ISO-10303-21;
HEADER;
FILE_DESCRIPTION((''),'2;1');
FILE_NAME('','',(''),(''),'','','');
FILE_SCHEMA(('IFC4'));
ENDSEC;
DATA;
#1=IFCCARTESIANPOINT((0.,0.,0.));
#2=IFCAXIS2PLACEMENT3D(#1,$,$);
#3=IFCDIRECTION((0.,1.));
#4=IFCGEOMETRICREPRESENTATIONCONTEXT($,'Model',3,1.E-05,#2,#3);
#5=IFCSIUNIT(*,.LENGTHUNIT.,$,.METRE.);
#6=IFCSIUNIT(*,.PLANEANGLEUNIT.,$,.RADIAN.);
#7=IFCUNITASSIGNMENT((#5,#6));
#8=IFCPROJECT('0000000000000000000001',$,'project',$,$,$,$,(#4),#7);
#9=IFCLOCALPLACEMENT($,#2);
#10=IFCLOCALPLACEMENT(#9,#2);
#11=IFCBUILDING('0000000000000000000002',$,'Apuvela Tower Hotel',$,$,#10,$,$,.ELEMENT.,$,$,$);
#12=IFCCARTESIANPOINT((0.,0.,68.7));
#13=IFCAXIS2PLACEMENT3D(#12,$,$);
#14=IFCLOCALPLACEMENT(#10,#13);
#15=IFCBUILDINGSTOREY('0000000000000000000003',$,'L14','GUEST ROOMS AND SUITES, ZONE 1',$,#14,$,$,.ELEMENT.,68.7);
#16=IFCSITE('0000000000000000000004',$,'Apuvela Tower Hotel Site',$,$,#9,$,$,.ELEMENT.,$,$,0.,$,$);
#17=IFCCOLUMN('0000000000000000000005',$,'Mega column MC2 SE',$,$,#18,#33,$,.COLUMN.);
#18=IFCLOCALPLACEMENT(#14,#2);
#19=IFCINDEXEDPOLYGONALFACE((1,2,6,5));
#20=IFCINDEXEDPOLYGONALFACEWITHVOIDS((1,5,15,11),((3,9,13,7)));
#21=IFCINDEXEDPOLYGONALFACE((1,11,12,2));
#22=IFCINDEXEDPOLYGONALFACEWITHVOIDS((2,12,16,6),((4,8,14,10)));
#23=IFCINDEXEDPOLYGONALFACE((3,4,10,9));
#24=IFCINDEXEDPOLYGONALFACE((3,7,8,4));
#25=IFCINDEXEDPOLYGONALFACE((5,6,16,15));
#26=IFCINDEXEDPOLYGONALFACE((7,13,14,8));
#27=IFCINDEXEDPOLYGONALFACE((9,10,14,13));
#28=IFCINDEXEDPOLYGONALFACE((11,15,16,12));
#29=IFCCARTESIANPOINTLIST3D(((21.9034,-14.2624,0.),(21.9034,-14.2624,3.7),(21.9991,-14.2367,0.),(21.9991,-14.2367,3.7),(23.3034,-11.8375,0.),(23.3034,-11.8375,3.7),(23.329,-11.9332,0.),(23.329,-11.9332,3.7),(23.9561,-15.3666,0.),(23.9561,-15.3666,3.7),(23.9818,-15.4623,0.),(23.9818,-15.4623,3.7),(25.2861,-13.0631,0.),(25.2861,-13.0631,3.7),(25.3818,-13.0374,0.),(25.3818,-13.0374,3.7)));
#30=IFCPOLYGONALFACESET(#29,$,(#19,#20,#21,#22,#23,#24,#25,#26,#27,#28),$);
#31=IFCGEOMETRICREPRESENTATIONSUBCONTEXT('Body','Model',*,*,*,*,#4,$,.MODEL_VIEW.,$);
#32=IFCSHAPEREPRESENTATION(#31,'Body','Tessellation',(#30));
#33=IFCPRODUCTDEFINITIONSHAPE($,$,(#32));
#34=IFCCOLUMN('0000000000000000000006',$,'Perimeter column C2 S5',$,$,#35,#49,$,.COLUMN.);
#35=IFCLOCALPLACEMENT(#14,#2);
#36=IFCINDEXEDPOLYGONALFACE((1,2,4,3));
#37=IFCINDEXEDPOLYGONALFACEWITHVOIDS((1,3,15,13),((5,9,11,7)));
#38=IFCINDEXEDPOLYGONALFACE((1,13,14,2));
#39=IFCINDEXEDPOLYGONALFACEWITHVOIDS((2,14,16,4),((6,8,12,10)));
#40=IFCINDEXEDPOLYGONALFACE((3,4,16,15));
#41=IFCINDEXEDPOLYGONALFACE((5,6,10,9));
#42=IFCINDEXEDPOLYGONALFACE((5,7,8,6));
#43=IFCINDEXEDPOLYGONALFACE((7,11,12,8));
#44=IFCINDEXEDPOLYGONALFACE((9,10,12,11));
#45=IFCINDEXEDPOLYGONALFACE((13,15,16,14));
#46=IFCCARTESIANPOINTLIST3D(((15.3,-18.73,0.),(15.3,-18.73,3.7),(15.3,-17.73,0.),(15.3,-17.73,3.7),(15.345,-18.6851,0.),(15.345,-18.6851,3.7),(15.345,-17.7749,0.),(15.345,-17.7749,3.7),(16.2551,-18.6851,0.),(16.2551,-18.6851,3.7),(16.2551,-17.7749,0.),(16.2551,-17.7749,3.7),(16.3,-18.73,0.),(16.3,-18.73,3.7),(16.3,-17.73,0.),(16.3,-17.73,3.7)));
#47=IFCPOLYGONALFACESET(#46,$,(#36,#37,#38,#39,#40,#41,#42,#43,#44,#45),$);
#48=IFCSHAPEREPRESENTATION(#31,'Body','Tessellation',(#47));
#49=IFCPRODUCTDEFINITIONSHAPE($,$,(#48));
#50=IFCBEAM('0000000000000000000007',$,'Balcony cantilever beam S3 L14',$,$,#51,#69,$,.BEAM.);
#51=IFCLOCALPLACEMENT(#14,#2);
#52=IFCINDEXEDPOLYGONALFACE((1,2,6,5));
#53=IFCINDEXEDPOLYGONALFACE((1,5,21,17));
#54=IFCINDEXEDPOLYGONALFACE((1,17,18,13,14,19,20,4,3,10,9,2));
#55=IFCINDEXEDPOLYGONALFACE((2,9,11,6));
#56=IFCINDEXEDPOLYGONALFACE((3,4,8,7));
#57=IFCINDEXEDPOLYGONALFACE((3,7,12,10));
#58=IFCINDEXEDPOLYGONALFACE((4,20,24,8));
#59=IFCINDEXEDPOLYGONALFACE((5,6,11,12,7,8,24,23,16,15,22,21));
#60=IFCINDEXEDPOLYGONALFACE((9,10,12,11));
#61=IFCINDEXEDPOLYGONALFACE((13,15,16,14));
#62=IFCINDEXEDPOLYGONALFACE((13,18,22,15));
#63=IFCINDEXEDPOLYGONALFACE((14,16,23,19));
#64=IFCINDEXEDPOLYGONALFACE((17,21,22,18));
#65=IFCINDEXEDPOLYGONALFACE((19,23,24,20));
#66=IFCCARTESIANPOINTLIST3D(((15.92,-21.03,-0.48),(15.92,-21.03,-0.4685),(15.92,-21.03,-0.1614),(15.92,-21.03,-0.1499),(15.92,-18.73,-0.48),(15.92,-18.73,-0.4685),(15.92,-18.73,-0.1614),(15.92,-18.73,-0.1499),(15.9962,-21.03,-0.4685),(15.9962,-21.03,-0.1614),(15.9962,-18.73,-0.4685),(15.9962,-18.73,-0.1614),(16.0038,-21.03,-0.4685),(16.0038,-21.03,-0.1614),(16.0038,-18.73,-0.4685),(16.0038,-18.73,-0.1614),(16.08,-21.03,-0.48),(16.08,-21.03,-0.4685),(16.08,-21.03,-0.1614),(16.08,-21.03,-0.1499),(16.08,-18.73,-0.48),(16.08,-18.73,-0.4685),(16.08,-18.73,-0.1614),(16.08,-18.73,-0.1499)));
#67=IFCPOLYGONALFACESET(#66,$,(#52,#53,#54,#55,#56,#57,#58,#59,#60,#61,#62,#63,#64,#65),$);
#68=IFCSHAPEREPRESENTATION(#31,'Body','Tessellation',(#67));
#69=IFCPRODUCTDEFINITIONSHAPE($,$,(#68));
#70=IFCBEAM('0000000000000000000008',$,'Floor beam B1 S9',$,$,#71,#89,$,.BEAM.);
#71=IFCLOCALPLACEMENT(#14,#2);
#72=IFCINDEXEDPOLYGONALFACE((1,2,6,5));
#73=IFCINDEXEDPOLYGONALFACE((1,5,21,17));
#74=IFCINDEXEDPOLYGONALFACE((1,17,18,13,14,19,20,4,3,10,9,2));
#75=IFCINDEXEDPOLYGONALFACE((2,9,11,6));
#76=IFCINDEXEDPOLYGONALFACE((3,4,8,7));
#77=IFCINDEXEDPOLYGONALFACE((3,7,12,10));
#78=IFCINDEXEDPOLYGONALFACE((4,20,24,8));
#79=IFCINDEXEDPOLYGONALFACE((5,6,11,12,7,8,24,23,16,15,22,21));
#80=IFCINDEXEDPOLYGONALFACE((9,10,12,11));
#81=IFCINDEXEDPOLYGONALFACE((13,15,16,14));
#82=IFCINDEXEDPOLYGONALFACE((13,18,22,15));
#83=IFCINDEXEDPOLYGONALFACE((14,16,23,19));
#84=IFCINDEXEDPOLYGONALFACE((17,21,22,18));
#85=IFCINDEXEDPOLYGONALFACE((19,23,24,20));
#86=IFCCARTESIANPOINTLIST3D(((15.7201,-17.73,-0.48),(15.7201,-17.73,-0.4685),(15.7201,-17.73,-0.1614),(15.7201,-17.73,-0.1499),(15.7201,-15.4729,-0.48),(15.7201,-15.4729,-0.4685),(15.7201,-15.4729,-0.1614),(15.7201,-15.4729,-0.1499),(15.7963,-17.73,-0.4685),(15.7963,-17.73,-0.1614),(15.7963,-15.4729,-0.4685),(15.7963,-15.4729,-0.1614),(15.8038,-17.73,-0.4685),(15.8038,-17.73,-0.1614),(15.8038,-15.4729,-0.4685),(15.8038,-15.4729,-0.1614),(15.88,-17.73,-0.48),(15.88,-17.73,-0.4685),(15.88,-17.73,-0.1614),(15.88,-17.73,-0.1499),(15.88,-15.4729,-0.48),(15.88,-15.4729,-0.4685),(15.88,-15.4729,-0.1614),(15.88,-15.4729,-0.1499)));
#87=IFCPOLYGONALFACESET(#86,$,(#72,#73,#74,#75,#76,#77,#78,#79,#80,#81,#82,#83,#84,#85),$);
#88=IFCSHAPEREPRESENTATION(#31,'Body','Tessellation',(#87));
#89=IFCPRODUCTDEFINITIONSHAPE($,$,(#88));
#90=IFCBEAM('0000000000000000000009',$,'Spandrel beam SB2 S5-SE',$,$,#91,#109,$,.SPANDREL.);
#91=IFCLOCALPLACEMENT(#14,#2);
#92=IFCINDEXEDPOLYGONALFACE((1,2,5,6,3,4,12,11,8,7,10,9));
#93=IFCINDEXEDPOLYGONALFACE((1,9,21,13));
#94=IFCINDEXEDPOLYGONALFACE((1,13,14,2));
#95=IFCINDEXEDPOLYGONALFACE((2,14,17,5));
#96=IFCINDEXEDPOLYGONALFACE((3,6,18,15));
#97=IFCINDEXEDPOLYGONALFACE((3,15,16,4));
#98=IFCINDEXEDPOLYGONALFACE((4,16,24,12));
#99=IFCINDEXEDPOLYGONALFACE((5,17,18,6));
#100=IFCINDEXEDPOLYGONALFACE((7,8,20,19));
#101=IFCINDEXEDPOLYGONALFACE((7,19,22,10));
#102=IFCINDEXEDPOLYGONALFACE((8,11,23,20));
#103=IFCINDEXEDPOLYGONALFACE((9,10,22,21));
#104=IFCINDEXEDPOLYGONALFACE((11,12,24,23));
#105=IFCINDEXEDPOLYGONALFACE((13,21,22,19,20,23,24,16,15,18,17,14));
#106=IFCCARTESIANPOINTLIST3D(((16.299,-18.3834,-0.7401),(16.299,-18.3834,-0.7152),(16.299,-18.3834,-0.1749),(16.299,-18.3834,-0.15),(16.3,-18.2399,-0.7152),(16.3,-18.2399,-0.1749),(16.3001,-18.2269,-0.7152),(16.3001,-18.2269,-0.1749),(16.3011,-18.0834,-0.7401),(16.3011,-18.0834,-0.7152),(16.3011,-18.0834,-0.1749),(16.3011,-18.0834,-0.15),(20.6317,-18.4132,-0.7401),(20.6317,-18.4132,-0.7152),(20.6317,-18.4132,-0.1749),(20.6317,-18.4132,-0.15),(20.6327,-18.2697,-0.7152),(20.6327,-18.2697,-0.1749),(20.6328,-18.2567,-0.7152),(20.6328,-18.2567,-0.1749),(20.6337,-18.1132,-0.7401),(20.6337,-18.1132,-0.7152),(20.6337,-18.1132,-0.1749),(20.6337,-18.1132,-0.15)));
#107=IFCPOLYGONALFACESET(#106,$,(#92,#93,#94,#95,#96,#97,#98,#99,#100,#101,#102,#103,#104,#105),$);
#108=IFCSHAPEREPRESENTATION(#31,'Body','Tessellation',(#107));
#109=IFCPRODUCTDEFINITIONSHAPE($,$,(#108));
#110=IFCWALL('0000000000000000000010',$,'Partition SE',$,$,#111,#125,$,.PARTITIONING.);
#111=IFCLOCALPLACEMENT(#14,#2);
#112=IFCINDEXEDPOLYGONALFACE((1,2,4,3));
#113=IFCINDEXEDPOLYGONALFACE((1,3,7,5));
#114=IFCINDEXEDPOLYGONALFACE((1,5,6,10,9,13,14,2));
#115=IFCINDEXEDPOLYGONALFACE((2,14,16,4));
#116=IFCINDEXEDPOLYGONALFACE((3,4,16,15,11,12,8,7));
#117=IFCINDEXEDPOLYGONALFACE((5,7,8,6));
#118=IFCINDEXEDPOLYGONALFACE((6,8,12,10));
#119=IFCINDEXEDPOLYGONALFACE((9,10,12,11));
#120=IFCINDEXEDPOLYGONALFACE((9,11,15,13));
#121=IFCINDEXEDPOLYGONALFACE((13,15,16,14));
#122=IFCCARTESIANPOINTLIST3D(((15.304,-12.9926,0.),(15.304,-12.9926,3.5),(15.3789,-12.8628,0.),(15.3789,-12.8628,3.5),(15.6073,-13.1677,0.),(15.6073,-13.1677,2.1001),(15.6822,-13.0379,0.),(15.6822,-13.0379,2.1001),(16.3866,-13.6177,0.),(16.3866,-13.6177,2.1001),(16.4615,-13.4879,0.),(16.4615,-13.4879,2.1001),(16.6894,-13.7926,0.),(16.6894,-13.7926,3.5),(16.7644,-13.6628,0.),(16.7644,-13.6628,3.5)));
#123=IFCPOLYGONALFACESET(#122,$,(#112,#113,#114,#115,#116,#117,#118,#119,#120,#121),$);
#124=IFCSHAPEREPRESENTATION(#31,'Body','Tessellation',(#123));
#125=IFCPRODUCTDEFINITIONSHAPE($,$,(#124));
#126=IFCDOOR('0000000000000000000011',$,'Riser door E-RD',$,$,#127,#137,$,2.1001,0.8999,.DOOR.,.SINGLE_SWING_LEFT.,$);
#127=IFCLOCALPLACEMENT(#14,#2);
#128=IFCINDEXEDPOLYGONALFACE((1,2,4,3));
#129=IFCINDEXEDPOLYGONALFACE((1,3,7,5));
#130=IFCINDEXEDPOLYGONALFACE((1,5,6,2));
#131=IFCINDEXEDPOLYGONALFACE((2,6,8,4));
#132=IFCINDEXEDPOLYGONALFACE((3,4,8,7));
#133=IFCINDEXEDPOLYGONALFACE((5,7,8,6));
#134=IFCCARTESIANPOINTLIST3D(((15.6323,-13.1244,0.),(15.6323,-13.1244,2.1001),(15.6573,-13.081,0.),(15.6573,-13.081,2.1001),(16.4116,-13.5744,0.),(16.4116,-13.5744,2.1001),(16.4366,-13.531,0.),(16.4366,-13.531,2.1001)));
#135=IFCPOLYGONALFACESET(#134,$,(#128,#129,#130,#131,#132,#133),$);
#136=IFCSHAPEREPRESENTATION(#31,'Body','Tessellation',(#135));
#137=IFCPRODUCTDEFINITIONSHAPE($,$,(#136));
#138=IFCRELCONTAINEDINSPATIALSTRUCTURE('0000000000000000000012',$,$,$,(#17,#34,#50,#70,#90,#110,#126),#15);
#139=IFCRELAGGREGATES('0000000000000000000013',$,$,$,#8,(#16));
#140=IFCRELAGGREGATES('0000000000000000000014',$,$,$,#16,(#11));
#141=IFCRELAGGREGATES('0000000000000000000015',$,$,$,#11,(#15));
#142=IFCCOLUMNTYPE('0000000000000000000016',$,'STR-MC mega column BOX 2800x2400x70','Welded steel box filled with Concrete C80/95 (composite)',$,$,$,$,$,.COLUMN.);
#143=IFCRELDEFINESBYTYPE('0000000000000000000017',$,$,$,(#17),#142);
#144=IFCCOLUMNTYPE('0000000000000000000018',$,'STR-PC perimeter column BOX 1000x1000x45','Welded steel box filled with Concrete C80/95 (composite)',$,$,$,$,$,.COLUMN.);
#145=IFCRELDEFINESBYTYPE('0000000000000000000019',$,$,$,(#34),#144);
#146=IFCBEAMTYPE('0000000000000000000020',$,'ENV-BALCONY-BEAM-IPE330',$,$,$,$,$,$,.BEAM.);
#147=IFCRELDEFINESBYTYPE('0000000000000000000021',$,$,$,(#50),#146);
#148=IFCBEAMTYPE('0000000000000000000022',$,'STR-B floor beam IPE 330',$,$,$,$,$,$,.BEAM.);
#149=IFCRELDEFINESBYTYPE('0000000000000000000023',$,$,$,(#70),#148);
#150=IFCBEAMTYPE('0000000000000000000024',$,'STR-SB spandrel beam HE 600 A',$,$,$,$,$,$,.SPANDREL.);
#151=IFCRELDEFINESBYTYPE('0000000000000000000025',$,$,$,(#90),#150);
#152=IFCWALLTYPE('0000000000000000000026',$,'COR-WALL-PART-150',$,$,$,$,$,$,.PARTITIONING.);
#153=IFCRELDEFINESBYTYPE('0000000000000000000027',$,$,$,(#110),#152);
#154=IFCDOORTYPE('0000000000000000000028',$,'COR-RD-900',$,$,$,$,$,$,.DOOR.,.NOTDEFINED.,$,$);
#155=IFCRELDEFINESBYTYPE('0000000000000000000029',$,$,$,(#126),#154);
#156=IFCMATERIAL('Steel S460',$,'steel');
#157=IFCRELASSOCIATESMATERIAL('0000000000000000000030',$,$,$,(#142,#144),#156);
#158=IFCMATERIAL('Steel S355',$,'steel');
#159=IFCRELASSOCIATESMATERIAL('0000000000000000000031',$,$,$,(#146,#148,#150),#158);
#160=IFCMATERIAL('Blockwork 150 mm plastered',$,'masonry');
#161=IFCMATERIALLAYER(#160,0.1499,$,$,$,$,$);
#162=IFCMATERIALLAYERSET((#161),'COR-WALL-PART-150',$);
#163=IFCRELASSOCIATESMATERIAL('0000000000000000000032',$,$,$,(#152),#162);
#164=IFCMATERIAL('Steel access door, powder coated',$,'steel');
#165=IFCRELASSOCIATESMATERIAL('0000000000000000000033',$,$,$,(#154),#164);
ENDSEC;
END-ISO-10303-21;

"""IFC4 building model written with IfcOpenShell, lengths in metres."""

from ifc_helpers import new_model, si_unit, direction, frame, frame_2d, origin, origin_2d, place, context, subcontext, project, spatial, rectangle, hollow_rectangle, i_section, extrude, material, layer, layer_set, material_profile, profile_set, type_object, element, fill, save


model = new_model("IFC4")

# Units and contexts
model_context = context("Model", 3, precision=1e-05, world=origin(), true_north=direction((0.0, 1.0)))
body_context = subcontext(model_context, "Body", "Model", "MODEL_VIEW")
ifc_project = project(units=[si_unit("LENGTHUNIT", "METRE"), si_unit("PLANEANGLEUNIT", "RADIAN")], contexts=[model_context])

# Site, building, storey
site_placement = place(None, origin())
site = spatial("IfcSite", under=ifc_project, at=site_placement, Name="Apuvela Tower Hotel Site", CompositionType="ELEMENT", RefElevation=0.0)
building_placement = place(site_placement, origin())
building = spatial("IfcBuilding", under=site, at=building_placement, Name="Apuvela Tower Hotel", CompositionType="ELEMENT")
storey_placement = place(building_placement, frame((0.0, 0.0, 68.7)))
storey = spatial("IfcBuildingStorey", under=building, at=storey_placement, Name="L14", Description="GUEST ROOMS AND SUITES, ZONE 1", CompositionType="ELEMENT", Elevation=68.7)

# Columns
ifc_material_1 = material(Name="Steel S460", Category="steel")
ifc_material_profile_1 = material_profile(ifc_material_1, hollow_rectangle(XDim=2.8, YDim=2.3999, WallThickness=0.0701, at=origin_2d()), Name="BOX 2800x2400x70")
ifc_material_2 = material(Name="Concrete C80/95", Category="concrete")
ifc_material_profile_2 = material_profile(ifc_material_2, rectangle(XDim=2.6599, YDim=2.26, at=origin_2d()), Name="Concrete C80/95 infill")
ifc_profile_set_1 = profile_set([ifc_material_profile_1, ifc_material_profile_2], Name="Steel S460")
column_type_1 = type_object("IfcColumnType", Name="STR-MC mega column BOX 2800x2400x70", Description="Welded steel box filled with Concrete C80/95 (composite)", PredefinedType="COLUMN", material=ifc_profile_set_1)
column_1_placement = place(storey_placement, frame((23.6426, -13.6499, 0.0), z_axis=(0.0, 0.0, 1.0), x_axis=(0.5, 0.866025, 0.0)))
element("IfcColumn", 1, at=column_1_placement, inside=storey, type_object=column_type_1, Name="Mega column MC2 SE", PredefinedType="COLUMN", context=body_context, shape_type="SweptSolid", body=[
    extrude(hollow_rectangle(XDim=2.8, YDim=2.3999, WallThickness=0.0701, at=origin_2d()), origin(), (0.0, 0.0, 1.0), 3.7),
])
ifc_material_profile_3 = material_profile(ifc_material_1, hollow_rectangle(XDim=1.0, YDim=1.0, WallThickness=0.0449, at=origin_2d()), Name="BOX 1000x1000x45")
ifc_material_profile_4 = material_profile(ifc_material_2, rectangle(XDim=0.9099, YDim=0.9099, at=origin_2d()), Name="Concrete C80/95 infill")
ifc_profile_set_2 = profile_set([ifc_material_profile_3, ifc_material_profile_4], Name="Steel S460")
column_type_2 = type_object("IfcColumnType", Name="STR-PC perimeter column BOX 1000x1000x45", Description="Welded steel box filled with Concrete C80/95 (composite)", PredefinedType="COLUMN", material=ifc_profile_set_2)
column_2_placement = place(storey_placement, frame((15.8, -18.23, 0.0), z_axis=(0.0, 0.0, 1.0), x_axis=(-1.0, 0.0, 0.0)))
element("IfcColumn", 2, at=column_2_placement, inside=storey, type_object=column_type_2, Name="Perimeter column C2 S5", PredefinedType="COLUMN", context=body_context, shape_type="SweptSolid", body=[
    extrude(hollow_rectangle(XDim=1.0, YDim=1.0, WallThickness=0.0449, at=origin_2d()), origin(), (0.0, 0.0, 1.0), 3.7),
])

# Beams
ifc_material_3 = material(Name="Steel S355", Category="steel")
ifc_material_profile_5 = material_profile(ifc_material_3, i_section(OverallWidth=0.1599, OverallDepth=0.3301, WebThickness=0.0076, FlangeThickness=0.0115, at=origin_2d()), Name="IPE 330")
ifc_profile_set_3 = profile_set([ifc_material_profile_5], Name="Steel S355")
beam_type_1 = type_object("IfcBeamType", Name="ENV-BALCONY-BEAM-IPE330", PredefinedType="BEAM", material=ifc_profile_set_3)
beam_1_placement = place(storey_placement, frame((16.0, -18.73, -0.3149), z_axis=(0.0, -1.0, 0.0), x_axis=(1.0, 0.0, 0.0)))
element("IfcBeam", 3, at=beam_1_placement, inside=storey, type_object=beam_type_1, Name="Balcony cantilever beam S3 L14", PredefinedType="BEAM", context=body_context, shape_type="SweptSolid", body=[
    extrude(i_section(OverallWidth=0.1599, OverallDepth=0.3301, WebThickness=0.0076, FlangeThickness=0.0115, at=origin_2d()), origin(), (0.0, 0.0, 1.0), 2.3),
])
ifc_material_profile_6 = material_profile(ifc_material_3, i_section(OverallWidth=0.1599, OverallDepth=0.3301, WebThickness=0.0076, FlangeThickness=0.0115, at=origin_2d()), Name="IPE 330")
ifc_profile_set_4 = profile_set([ifc_material_profile_6], Name="Steel S355")
beam_type_2 = type_object("IfcBeamType", Name="STR-B floor beam IPE 330", PredefinedType="BEAM", material=ifc_profile_set_4)
beam_2_placement = place(storey_placement, frame((15.8, -17.73, -0.3149), z_axis=(0.0, 1.0, 0.0), x_axis=(-1.0, 0.0, 0.0)))
element("IfcBeam", 4, at=beam_2_placement, inside=storey, type_object=beam_type_2, Name="Floor beam B1 S9", PredefinedType="BEAM", context=body_context, shape_type="SweptSolid", body=[
    extrude(i_section(OverallWidth=0.1599, OverallDepth=0.3301, WebThickness=0.0076, FlangeThickness=0.0115, at=origin_2d()), origin(), (0.0, 0.0, 1.0), 2.2571),
])
ifc_material_profile_7 = material_profile(ifc_material_3, i_section(OverallWidth=0.3, OverallDepth=0.5901, WebThickness=0.0129, FlangeThickness=0.0249, at=origin_2d()), Name="HE 600 A")
ifc_profile_set_5 = profile_set([ifc_material_profile_7], Name="Steel S355")
beam_type_3 = type_object("IfcBeamType", Name="STR-SB spandrel beam HE 600 A", PredefinedType="SPANDREL", material=ifc_profile_set_5)
beam_3_placement = place(storey_placement, frame((16.3, -18.2334, -0.4451), z_axis=(0.999976, -0.006874, 0.0), x_axis=(0.006874, 0.999976, 0.0)))
element("IfcBeam", 5, at=beam_3_placement, inside=storey, type_object=beam_type_3, Name="Spandrel beam SB2 S5-SE", PredefinedType="SPANDREL", context=body_context, shape_type="SweptSolid", body=[
    extrude(i_section(OverallWidth=0.3, OverallDepth=0.5901, WebThickness=0.0129, FlangeThickness=0.0249, at=origin_2d()), origin(), (0.0, 0.0, 1.0), 4.3328),
])

# Wall, opening, door
ifc_material_4 = material(Name="Blockwork 150 mm plastered", Category="masonry")
ifc_layer_1 = layer(ifc_material_4, 0.1499)
ifc_layer_set_1 = layer_set([ifc_layer_1], Name="COR-WALL-PART-150")
wall_type_1 = type_object("IfcWallType", Name="COR-WALL-PART-150", PredefinedType="PARTITIONING", material=ifc_layer_set_1)
wall_1_placement = place(storey_placement, frame((15.3416, -12.9277, 0.0), z_axis=(0.0, 0.0, 1.0), x_axis=(0.86599, -0.500061, 0.0)))
wall_1 = element("IfcWall", 6, at=wall_1_placement, inside=storey, type_object=wall_type_1, Name="Partition SE", PredefinedType="PARTITIONING", context=body_context, shape_type="SweptSolid", body=[
    extrude(rectangle(XDim=1.5999, YDim=0.1499, at=frame_2d((0.7998, 0.0))), origin(), (0.0, 0.0, 1.0), 3.5),
])
opening_1_placement = place(wall_1_placement, frame((0.3501, 0.0, 0.0)))
opening_1 = element("IfcOpeningElement", 7, at=opening_1_placement, cuts=wall_1, PredefinedType="OPENING", context=body_context, shape_type="SweptSolid", body=[
    extrude(rectangle(XDim=0.8999, YDim=2.1001, at=frame_2d((0.45, 1.05))), frame((0.0, 0.085, 0.0), z_axis=(0.0, -1.0, 0.0), x_axis=(1.0, 0.0, 0.0)), (0.0, 0.0, 1.0), 0.1699),
])
ifc_material_5 = material(Name="Steel access door, powder coated", Category="steel")
door_type_1 = type_object("IfcDoorType", Name="COR-RD-900", OperationType="NOTDEFINED", PredefinedType="DOOR", material=ifc_material_5)
door_1_placement = place(opening_1_placement, frame((0.8999, 0.0, 0.0), z_axis=(0.0, 0.0, 1.0), x_axis=(-1.0, 0.0, 0.0)))
door_1 = element("IfcDoor", 8, at=door_1_placement, inside=storey, type_object=door_type_1, Name="Riser door E-RD", OperationType="SINGLE_SWING_LEFT", OverallHeight=2.1001, OverallWidth=0.8999, PredefinedType="DOOR", context=body_context, shape_type="SweptSolid", body=[
    extrude(rectangle(XDim=0.8999, YDim=2.1001, at=frame_2d((0.45, 1.05))), frame((0.0, 0.0249, 0.0), z_axis=(0.0, -1.0, 0.0), x_axis=(1.0, 0.0, 0.0)), (0.0, 0.0, 1.0), 0.05),
])
fill(opening_1, door_1)

save(model, "model.ifc")
